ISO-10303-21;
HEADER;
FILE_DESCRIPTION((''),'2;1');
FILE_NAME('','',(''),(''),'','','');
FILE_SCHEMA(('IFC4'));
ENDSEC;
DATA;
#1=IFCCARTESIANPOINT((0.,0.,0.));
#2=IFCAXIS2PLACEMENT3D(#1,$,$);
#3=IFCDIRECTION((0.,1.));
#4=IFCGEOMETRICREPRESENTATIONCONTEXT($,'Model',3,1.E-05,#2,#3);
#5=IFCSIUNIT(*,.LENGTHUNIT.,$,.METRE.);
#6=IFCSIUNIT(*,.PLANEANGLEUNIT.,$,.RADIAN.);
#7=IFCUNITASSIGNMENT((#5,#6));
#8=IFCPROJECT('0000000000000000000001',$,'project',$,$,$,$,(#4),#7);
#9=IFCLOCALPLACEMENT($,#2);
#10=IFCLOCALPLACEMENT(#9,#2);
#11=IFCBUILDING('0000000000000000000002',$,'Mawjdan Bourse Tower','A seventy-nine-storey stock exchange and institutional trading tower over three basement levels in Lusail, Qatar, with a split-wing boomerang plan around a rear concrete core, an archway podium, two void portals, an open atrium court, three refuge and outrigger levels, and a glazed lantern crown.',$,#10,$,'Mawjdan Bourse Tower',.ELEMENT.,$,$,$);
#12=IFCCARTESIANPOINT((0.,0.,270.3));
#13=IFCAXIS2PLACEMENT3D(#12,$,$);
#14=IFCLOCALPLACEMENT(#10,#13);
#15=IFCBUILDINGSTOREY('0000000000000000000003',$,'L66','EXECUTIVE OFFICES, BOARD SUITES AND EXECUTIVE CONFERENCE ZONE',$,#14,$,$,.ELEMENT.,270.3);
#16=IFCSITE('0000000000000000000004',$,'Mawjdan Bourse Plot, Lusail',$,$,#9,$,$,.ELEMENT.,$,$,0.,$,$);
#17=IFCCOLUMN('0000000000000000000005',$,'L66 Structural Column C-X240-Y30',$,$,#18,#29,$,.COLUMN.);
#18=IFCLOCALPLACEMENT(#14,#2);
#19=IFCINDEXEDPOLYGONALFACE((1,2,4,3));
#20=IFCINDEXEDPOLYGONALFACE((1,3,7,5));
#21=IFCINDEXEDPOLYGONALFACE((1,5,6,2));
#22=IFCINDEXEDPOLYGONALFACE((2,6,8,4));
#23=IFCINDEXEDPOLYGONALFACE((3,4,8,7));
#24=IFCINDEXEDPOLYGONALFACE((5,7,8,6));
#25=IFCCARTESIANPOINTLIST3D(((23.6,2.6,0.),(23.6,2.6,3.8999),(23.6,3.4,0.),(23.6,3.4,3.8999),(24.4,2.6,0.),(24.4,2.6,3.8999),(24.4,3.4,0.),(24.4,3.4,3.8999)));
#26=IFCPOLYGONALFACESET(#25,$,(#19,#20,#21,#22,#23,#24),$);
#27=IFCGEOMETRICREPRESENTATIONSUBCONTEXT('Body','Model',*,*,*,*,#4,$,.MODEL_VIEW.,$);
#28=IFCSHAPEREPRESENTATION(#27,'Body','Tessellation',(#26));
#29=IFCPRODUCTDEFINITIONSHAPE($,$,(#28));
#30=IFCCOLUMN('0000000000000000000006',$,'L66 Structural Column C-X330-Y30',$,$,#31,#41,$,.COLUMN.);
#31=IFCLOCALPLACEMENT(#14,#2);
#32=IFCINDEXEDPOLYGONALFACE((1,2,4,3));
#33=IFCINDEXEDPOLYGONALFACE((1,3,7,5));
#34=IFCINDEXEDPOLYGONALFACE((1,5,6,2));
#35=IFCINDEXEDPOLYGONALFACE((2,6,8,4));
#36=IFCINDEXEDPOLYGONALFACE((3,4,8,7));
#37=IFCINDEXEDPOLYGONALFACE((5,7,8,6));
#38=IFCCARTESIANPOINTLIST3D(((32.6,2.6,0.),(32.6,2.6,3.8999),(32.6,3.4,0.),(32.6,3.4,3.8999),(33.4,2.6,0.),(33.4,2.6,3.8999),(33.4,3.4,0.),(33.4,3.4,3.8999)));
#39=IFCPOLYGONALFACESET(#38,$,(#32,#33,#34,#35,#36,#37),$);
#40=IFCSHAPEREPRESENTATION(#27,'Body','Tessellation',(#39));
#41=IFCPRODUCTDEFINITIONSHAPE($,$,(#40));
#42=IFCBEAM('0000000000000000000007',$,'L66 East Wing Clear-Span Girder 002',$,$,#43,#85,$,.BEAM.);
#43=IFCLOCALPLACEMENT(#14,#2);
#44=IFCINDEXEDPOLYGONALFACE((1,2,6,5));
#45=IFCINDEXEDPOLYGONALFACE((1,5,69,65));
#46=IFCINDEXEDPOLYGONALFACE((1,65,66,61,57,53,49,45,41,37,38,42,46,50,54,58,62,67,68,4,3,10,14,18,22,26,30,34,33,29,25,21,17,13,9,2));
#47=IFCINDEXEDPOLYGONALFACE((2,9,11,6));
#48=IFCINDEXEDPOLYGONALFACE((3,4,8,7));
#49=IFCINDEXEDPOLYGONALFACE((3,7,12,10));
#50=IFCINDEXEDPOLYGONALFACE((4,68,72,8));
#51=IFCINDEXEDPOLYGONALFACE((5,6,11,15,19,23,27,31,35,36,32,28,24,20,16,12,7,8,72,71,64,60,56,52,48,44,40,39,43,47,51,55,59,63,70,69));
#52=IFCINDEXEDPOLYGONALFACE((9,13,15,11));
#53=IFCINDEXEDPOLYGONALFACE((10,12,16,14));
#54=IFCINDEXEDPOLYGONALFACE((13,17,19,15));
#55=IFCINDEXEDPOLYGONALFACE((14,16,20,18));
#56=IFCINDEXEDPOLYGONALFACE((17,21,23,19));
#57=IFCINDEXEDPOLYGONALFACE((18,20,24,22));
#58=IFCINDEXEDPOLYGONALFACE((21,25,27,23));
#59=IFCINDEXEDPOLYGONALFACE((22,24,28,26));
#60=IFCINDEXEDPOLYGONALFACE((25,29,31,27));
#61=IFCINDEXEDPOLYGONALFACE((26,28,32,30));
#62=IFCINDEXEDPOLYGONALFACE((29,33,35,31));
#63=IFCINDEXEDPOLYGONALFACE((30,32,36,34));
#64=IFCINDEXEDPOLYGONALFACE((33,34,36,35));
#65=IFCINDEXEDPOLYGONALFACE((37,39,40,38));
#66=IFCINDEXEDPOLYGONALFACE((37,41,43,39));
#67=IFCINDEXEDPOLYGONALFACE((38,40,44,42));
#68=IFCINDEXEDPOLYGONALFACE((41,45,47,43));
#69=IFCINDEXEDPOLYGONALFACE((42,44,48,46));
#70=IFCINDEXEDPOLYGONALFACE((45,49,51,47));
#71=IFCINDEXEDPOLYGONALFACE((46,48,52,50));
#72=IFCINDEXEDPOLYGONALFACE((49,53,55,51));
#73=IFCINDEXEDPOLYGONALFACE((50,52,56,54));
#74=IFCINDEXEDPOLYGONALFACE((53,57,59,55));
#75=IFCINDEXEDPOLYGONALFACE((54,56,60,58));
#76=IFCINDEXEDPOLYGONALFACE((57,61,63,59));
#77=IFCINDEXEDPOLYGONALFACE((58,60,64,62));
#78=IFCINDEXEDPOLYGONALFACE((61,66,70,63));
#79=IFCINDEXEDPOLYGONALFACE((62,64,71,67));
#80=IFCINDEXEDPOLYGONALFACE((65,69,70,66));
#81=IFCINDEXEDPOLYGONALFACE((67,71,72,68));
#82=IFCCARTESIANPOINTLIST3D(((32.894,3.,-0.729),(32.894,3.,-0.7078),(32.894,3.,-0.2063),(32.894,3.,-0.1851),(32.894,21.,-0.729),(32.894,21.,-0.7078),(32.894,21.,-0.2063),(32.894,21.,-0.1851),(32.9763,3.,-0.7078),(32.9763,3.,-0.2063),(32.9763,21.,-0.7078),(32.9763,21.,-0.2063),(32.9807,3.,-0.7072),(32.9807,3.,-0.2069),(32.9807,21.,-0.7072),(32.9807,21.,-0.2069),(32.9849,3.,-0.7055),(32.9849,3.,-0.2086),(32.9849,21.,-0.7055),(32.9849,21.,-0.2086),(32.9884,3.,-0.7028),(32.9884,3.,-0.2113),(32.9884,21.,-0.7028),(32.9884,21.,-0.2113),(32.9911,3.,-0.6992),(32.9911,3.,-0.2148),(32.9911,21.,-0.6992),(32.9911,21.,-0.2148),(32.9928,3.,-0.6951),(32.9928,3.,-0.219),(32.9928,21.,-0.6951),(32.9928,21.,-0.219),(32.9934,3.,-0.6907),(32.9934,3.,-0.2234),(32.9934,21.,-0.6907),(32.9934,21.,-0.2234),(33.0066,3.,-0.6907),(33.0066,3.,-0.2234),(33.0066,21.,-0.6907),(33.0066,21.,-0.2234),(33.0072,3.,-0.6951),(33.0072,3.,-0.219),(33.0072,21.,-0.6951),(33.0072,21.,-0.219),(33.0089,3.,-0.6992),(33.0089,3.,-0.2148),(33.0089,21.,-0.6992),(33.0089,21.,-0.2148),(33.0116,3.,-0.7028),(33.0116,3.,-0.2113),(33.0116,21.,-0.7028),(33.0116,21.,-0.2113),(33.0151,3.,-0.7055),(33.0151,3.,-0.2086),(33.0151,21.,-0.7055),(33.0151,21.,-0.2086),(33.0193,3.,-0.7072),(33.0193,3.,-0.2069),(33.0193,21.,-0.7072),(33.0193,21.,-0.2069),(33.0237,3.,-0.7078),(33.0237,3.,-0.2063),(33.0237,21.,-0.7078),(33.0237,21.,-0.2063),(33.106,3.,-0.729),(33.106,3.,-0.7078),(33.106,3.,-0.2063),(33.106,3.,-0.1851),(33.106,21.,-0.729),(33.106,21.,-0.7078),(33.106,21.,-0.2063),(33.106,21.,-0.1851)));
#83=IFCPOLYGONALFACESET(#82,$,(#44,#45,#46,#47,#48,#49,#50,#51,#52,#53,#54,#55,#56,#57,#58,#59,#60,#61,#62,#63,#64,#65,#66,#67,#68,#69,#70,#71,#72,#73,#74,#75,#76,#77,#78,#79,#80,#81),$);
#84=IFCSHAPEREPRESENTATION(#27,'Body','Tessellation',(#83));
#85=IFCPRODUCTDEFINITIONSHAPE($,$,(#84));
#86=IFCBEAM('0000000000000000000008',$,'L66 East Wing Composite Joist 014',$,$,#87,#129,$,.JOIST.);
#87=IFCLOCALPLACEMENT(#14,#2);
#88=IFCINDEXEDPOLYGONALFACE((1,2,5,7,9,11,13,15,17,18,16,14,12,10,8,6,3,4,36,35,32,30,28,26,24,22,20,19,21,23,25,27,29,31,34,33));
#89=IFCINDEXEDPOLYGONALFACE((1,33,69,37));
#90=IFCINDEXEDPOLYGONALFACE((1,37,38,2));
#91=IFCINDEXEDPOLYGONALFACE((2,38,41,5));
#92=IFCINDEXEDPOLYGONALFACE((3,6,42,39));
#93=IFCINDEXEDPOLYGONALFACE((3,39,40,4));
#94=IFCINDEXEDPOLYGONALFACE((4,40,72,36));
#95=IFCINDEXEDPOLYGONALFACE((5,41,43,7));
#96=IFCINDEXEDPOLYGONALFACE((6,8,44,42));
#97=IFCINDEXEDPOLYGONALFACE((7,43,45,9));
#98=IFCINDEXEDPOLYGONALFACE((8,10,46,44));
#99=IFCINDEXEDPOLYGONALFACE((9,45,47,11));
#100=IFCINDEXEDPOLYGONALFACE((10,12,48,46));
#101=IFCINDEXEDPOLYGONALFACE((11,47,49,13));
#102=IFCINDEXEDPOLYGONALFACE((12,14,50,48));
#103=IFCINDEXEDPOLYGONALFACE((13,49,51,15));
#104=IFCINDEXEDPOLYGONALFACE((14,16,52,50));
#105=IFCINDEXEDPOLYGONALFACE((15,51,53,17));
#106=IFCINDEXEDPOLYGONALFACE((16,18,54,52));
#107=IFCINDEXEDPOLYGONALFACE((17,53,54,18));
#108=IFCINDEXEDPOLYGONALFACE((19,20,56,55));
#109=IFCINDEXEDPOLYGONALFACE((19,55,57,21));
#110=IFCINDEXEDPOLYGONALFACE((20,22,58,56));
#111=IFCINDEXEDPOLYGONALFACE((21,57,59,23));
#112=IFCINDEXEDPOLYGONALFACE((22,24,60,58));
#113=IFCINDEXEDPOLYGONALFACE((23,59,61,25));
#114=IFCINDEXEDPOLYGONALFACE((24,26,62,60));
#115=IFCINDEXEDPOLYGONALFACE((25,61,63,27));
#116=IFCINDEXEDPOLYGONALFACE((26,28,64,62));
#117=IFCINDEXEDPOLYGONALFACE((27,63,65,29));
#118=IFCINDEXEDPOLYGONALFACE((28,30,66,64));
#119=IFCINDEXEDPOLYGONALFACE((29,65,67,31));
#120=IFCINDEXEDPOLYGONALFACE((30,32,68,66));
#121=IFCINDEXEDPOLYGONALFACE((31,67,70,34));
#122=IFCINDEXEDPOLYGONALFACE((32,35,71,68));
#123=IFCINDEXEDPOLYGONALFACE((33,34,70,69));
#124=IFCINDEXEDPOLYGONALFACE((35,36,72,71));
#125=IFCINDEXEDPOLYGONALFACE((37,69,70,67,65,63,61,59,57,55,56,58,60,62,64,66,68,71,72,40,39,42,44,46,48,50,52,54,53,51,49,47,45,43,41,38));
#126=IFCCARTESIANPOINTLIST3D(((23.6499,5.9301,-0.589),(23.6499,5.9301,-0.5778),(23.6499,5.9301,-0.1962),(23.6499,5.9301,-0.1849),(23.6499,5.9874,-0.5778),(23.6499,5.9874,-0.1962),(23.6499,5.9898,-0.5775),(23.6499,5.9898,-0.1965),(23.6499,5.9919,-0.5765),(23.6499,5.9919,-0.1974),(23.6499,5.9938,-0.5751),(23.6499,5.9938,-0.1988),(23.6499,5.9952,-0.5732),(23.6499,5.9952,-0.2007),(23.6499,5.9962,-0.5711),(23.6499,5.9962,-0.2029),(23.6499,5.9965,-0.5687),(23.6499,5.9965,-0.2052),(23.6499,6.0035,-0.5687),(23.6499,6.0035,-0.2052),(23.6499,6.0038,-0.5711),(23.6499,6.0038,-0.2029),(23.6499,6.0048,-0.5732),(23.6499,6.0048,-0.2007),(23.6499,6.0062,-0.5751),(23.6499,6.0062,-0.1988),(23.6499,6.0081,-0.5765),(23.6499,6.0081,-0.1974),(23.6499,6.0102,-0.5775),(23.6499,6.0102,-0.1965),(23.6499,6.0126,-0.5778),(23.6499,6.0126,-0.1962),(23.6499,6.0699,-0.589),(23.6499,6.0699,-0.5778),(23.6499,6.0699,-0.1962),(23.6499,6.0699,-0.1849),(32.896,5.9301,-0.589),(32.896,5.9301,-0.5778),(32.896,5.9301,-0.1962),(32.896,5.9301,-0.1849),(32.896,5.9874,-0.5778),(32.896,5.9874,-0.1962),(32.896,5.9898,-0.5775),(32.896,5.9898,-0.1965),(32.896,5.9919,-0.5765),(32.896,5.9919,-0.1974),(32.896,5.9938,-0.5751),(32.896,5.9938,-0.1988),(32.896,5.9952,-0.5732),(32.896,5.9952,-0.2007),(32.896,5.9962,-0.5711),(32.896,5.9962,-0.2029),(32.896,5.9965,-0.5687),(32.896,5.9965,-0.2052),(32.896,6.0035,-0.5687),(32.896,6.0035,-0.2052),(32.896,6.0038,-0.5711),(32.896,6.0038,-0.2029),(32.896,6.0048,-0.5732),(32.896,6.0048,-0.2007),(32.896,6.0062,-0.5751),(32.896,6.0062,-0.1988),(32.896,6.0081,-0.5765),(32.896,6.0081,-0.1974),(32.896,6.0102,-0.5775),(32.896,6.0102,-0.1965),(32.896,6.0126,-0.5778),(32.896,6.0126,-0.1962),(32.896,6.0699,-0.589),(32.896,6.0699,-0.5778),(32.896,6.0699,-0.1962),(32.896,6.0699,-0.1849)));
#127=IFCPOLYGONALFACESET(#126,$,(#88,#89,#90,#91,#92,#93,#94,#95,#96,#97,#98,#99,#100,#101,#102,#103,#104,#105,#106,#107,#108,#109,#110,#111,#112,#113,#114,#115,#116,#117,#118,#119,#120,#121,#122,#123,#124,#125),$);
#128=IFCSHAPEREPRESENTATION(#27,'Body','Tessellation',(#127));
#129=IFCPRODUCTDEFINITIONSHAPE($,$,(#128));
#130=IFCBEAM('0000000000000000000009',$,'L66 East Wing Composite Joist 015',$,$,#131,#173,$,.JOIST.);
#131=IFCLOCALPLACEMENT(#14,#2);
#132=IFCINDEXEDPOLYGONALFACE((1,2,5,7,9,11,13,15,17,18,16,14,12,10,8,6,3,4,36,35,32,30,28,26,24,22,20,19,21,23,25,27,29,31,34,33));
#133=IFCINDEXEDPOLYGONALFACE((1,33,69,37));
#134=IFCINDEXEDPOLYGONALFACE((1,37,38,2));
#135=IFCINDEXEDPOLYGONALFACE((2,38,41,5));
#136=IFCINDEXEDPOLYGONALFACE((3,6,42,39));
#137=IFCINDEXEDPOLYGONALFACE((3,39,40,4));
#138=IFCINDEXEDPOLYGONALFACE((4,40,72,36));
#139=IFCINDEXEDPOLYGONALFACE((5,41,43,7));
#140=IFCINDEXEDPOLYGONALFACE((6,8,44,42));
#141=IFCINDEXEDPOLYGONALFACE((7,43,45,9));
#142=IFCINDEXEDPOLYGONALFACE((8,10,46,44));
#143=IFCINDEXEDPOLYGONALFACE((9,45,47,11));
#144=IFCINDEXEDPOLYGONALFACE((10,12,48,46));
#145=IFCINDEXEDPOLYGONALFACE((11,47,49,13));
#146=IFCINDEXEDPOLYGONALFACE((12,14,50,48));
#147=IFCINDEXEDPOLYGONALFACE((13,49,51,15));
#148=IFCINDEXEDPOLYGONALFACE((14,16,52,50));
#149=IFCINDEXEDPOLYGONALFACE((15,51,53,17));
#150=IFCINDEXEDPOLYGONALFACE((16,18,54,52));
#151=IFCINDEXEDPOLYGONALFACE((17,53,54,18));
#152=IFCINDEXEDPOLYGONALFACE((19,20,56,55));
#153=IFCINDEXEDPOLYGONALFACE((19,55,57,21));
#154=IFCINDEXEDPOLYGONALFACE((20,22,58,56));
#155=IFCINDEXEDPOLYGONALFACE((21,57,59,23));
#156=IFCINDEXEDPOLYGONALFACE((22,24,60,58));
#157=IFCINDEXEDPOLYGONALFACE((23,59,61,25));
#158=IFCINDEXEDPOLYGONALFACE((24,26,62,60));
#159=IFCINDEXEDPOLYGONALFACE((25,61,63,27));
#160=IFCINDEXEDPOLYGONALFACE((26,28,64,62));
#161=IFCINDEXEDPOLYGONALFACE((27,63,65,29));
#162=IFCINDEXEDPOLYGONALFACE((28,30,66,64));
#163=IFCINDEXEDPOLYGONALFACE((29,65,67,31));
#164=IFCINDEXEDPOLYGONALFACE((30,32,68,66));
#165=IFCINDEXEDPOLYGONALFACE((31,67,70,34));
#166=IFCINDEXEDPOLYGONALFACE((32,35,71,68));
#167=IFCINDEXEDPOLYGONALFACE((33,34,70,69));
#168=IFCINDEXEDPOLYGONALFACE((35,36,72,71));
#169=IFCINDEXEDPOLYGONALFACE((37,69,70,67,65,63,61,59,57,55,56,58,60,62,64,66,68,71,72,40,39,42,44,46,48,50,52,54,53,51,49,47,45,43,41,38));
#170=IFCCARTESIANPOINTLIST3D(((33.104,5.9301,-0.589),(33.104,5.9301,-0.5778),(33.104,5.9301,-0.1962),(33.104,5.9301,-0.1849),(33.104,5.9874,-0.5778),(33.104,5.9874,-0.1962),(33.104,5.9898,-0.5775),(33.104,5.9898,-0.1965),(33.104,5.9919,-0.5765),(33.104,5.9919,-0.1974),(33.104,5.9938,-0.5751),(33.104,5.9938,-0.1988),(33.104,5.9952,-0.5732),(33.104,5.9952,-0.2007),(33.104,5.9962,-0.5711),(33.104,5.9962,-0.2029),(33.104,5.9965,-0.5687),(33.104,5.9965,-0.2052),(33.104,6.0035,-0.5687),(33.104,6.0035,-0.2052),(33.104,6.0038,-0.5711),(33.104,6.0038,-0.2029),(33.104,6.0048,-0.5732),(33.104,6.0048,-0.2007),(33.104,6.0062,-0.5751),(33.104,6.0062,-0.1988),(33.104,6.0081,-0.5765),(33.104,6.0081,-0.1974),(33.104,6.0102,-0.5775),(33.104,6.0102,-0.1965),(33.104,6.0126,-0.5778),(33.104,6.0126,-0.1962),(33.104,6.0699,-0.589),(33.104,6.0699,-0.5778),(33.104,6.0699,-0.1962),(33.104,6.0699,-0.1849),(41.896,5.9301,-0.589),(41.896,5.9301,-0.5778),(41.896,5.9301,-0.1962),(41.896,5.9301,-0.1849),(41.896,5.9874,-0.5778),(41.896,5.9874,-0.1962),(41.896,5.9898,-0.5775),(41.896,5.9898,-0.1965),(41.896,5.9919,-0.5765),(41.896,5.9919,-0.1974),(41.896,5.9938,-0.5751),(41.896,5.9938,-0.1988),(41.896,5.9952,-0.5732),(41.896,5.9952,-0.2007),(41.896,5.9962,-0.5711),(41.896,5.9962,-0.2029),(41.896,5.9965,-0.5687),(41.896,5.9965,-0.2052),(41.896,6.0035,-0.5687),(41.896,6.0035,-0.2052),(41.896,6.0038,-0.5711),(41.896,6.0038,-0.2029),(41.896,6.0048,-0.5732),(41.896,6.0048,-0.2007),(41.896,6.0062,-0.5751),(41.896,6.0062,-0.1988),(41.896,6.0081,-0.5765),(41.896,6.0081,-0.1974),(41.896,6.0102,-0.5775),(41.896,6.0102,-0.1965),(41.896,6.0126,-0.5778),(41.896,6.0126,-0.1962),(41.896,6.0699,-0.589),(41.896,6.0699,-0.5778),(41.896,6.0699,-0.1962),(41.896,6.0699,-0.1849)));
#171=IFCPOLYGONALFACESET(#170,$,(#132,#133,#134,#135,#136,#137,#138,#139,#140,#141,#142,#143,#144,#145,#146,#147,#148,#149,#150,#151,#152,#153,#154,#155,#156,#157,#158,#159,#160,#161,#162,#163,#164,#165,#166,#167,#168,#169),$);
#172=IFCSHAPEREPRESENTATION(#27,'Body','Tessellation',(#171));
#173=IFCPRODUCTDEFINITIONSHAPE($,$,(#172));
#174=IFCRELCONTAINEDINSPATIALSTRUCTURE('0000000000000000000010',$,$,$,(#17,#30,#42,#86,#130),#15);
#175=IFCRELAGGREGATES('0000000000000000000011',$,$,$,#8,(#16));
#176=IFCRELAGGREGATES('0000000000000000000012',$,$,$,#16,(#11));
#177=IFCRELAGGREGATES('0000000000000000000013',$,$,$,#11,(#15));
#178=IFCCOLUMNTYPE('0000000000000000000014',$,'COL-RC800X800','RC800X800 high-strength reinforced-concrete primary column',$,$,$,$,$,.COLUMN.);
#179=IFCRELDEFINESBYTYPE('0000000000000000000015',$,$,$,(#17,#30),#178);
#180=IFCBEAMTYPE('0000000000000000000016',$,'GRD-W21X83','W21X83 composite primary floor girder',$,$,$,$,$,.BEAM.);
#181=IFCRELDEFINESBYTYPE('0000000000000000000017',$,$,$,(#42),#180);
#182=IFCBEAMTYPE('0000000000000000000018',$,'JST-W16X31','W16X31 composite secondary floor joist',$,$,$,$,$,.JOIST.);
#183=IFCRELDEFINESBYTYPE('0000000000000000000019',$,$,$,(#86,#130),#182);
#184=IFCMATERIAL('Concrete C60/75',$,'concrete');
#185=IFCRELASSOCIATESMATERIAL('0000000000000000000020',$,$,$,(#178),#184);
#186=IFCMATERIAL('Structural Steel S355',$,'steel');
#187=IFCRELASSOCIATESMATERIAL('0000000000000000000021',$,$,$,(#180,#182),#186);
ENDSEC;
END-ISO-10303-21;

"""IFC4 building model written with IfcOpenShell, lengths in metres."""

from ifc_helpers import new_model, si_unit, direction, frame, origin, origin_2d, place, context, subcontext, project, spatial, rectangle, i_section, extrude, material, material_profile, profile_set, type_object, element, save


model = new_model("IFC4")

# Units and contexts
model_context = context("Model", 3, precision=1e-05, world=origin(), true_north=direction((0.0, 1.0)))
body_context = subcontext(model_context, "Body", "Model", "MODEL_VIEW")
ifc_project = project(units=[si_unit("LENGTHUNIT", "METRE"), si_unit("PLANEANGLEUNIT", "RADIAN")], contexts=[model_context])

# Site, building, storey
site_placement = place(None, origin())
site = spatial("IfcSite", under=ifc_project, at=site_placement, Name="Mawjdan Bourse Plot, Lusail", CompositionType="ELEMENT", RefElevation=0.0)
building_placement = place(site_placement, origin())
building = spatial("IfcBuilding", under=site, at=building_placement, Name="Mawjdan Bourse Tower", Description="A seventy-nine-storey stock exchange and institutional trading tower over three basement levels in Lusail, Qatar, with a split-wing boomerang plan around a rear concrete core, an archway podium, two void portals, an open atrium court, three refuge and outrigger levels, and a glazed lantern crown.", LongName="Mawjdan Bourse Tower", CompositionType="ELEMENT")
storey_placement = place(building_placement, frame((0.0, 0.0, 270.3)))
storey = spatial("IfcBuildingStorey", under=building, at=storey_placement, Name="L66", Description="EXECUTIVE OFFICES, BOARD SUITES AND EXECUTIVE CONFERENCE ZONE", CompositionType="ELEMENT", Elevation=270.3)

# Columns
ifc_material_1 = material(Name="Concrete C60/75", Category="concrete")
ifc_material_profile_1 = material_profile(ifc_material_1, rectangle(XDim=0.8, YDim=0.8, at=origin_2d()), Name="RC800X800")
ifc_profile_set_1 = profile_set([ifc_material_profile_1], Name="Concrete C60/75")
column_type = type_object("IfcColumnType", Name="COL-RC800X800", Description="RC800X800 high-strength reinforced-concrete primary column", PredefinedType="COLUMN", material=ifc_profile_set_1)
for number, where, z_axis, x_axis, name in (
    (1, (24.0, 3.0, 0.0), (0.0, 0.0, 1.0), (1.0, 0.0, 0.0), "L66 Structural Column C-X240-Y30"),
    (2, (33.0, 3.0, 0.0), (0.0, 0.0, 1.0), (1.0, 0.0, 0.0), "L66 Structural Column C-X330-Y30"),
):
    element("IfcColumn", number, at=place(storey_placement, frame(where, z_axis=z_axis, x_axis=x_axis)), inside=storey, type_object=column_type, Name=name, PredefinedType="COLUMN", context=body_context, shape_type="SweptSolid", body=[
        extrude(rectangle(XDim=0.8, YDim=0.8, at=origin_2d()), origin(), (0.0, 0.0, 1.0), 3.8999),
    ])

# Beams
ifc_material_2 = material(Name="Structural Steel S355", Category="steel")
ifc_material_profile_2 = material_profile(ifc_material_2, i_section(OverallWidth=0.2119, OverallDepth=0.5439, WebThickness=0.0132, FlangeThickness=0.0212, FilletRadius=0.0171, at=origin_2d()), Name="W21X83")
ifc_profile_set_2 = profile_set([ifc_material_profile_2], Name="Structural Steel S355")
beam_type_1 = type_object("IfcBeamType", Name="GRD-W21X83", Description="W21X83 composite primary floor girder", PredefinedType="BEAM", material=ifc_profile_set_2)
beam_1_placement = place(storey_placement, frame((33.0, 3.0, -0.457), z_axis=(0.0, 1.0, 0.0), x_axis=(-1.0, 0.0, 0.0)))
element("IfcBeam", 3, at=beam_1_placement, inside=storey, type_object=beam_type_1, Name="L66 East Wing Clear-Span Girder 002", PredefinedType="BEAM", context=body_context, shape_type="SweptSolid", body=[
    extrude(i_section(OverallWidth=0.2119, OverallDepth=0.5439, WebThickness=0.0132, FlangeThickness=0.0212, FilletRadius=0.0171, at=origin_2d()), origin(), (0.0, 0.0, 1.0), 18.0),
])
ifc_material_profile_3 = material_profile(ifc_material_2, i_section(OverallWidth=0.1399, OverallDepth=0.4041, WebThickness=0.0071, FlangeThickness=0.0112, FilletRadius=0.009, at=origin_2d()), Name="W16X31")
ifc_profile_set_3 = profile_set([ifc_material_profile_3], Name="Structural Steel S355")
beam_type_2 = type_object("IfcBeamType", Name="JST-W16X31", Description="W16X31 composite secondary floor joist", PredefinedType="JOIST", material=ifc_profile_set_3)
beam_2_placement = place(storey_placement, frame((23.6499, 6.0, -0.387), z_axis=(1.0, 0.0, 0.0), x_axis=(0.0, 1.0, 0.0)))
element("IfcBeam", 4, at=beam_2_placement, inside=storey, type_object=beam_type_2, Name="L66 East Wing Composite Joist 014", PredefinedType="JOIST", context=body_context, shape_type="SweptSolid", body=[
    extrude(i_section(OverallWidth=0.1399, OverallDepth=0.4041, WebThickness=0.0071, FlangeThickness=0.0112, FilletRadius=0.009, at=origin_2d()), origin(), (0.0, 0.0, 1.0), 9.2461),
])
beam_3_placement = place(storey_placement, frame((33.104, 6.0, -0.387), z_axis=(1.0, 0.0, 0.0), x_axis=(0.0, 1.0, 0.0)))
element("IfcBeam", 5, at=beam_3_placement, inside=storey, type_object=beam_type_2, Name="L66 East Wing Composite Joist 015", PredefinedType="JOIST", context=body_context, shape_type="SweptSolid", body=[
    extrude(i_section(OverallWidth=0.1399, OverallDepth=0.4041, WebThickness=0.0071, FlangeThickness=0.0112, FilletRadius=0.009, at=origin_2d()), origin(), (0.0, 0.0, 1.0), 8.792),
])

save(model, "model.ifc")
